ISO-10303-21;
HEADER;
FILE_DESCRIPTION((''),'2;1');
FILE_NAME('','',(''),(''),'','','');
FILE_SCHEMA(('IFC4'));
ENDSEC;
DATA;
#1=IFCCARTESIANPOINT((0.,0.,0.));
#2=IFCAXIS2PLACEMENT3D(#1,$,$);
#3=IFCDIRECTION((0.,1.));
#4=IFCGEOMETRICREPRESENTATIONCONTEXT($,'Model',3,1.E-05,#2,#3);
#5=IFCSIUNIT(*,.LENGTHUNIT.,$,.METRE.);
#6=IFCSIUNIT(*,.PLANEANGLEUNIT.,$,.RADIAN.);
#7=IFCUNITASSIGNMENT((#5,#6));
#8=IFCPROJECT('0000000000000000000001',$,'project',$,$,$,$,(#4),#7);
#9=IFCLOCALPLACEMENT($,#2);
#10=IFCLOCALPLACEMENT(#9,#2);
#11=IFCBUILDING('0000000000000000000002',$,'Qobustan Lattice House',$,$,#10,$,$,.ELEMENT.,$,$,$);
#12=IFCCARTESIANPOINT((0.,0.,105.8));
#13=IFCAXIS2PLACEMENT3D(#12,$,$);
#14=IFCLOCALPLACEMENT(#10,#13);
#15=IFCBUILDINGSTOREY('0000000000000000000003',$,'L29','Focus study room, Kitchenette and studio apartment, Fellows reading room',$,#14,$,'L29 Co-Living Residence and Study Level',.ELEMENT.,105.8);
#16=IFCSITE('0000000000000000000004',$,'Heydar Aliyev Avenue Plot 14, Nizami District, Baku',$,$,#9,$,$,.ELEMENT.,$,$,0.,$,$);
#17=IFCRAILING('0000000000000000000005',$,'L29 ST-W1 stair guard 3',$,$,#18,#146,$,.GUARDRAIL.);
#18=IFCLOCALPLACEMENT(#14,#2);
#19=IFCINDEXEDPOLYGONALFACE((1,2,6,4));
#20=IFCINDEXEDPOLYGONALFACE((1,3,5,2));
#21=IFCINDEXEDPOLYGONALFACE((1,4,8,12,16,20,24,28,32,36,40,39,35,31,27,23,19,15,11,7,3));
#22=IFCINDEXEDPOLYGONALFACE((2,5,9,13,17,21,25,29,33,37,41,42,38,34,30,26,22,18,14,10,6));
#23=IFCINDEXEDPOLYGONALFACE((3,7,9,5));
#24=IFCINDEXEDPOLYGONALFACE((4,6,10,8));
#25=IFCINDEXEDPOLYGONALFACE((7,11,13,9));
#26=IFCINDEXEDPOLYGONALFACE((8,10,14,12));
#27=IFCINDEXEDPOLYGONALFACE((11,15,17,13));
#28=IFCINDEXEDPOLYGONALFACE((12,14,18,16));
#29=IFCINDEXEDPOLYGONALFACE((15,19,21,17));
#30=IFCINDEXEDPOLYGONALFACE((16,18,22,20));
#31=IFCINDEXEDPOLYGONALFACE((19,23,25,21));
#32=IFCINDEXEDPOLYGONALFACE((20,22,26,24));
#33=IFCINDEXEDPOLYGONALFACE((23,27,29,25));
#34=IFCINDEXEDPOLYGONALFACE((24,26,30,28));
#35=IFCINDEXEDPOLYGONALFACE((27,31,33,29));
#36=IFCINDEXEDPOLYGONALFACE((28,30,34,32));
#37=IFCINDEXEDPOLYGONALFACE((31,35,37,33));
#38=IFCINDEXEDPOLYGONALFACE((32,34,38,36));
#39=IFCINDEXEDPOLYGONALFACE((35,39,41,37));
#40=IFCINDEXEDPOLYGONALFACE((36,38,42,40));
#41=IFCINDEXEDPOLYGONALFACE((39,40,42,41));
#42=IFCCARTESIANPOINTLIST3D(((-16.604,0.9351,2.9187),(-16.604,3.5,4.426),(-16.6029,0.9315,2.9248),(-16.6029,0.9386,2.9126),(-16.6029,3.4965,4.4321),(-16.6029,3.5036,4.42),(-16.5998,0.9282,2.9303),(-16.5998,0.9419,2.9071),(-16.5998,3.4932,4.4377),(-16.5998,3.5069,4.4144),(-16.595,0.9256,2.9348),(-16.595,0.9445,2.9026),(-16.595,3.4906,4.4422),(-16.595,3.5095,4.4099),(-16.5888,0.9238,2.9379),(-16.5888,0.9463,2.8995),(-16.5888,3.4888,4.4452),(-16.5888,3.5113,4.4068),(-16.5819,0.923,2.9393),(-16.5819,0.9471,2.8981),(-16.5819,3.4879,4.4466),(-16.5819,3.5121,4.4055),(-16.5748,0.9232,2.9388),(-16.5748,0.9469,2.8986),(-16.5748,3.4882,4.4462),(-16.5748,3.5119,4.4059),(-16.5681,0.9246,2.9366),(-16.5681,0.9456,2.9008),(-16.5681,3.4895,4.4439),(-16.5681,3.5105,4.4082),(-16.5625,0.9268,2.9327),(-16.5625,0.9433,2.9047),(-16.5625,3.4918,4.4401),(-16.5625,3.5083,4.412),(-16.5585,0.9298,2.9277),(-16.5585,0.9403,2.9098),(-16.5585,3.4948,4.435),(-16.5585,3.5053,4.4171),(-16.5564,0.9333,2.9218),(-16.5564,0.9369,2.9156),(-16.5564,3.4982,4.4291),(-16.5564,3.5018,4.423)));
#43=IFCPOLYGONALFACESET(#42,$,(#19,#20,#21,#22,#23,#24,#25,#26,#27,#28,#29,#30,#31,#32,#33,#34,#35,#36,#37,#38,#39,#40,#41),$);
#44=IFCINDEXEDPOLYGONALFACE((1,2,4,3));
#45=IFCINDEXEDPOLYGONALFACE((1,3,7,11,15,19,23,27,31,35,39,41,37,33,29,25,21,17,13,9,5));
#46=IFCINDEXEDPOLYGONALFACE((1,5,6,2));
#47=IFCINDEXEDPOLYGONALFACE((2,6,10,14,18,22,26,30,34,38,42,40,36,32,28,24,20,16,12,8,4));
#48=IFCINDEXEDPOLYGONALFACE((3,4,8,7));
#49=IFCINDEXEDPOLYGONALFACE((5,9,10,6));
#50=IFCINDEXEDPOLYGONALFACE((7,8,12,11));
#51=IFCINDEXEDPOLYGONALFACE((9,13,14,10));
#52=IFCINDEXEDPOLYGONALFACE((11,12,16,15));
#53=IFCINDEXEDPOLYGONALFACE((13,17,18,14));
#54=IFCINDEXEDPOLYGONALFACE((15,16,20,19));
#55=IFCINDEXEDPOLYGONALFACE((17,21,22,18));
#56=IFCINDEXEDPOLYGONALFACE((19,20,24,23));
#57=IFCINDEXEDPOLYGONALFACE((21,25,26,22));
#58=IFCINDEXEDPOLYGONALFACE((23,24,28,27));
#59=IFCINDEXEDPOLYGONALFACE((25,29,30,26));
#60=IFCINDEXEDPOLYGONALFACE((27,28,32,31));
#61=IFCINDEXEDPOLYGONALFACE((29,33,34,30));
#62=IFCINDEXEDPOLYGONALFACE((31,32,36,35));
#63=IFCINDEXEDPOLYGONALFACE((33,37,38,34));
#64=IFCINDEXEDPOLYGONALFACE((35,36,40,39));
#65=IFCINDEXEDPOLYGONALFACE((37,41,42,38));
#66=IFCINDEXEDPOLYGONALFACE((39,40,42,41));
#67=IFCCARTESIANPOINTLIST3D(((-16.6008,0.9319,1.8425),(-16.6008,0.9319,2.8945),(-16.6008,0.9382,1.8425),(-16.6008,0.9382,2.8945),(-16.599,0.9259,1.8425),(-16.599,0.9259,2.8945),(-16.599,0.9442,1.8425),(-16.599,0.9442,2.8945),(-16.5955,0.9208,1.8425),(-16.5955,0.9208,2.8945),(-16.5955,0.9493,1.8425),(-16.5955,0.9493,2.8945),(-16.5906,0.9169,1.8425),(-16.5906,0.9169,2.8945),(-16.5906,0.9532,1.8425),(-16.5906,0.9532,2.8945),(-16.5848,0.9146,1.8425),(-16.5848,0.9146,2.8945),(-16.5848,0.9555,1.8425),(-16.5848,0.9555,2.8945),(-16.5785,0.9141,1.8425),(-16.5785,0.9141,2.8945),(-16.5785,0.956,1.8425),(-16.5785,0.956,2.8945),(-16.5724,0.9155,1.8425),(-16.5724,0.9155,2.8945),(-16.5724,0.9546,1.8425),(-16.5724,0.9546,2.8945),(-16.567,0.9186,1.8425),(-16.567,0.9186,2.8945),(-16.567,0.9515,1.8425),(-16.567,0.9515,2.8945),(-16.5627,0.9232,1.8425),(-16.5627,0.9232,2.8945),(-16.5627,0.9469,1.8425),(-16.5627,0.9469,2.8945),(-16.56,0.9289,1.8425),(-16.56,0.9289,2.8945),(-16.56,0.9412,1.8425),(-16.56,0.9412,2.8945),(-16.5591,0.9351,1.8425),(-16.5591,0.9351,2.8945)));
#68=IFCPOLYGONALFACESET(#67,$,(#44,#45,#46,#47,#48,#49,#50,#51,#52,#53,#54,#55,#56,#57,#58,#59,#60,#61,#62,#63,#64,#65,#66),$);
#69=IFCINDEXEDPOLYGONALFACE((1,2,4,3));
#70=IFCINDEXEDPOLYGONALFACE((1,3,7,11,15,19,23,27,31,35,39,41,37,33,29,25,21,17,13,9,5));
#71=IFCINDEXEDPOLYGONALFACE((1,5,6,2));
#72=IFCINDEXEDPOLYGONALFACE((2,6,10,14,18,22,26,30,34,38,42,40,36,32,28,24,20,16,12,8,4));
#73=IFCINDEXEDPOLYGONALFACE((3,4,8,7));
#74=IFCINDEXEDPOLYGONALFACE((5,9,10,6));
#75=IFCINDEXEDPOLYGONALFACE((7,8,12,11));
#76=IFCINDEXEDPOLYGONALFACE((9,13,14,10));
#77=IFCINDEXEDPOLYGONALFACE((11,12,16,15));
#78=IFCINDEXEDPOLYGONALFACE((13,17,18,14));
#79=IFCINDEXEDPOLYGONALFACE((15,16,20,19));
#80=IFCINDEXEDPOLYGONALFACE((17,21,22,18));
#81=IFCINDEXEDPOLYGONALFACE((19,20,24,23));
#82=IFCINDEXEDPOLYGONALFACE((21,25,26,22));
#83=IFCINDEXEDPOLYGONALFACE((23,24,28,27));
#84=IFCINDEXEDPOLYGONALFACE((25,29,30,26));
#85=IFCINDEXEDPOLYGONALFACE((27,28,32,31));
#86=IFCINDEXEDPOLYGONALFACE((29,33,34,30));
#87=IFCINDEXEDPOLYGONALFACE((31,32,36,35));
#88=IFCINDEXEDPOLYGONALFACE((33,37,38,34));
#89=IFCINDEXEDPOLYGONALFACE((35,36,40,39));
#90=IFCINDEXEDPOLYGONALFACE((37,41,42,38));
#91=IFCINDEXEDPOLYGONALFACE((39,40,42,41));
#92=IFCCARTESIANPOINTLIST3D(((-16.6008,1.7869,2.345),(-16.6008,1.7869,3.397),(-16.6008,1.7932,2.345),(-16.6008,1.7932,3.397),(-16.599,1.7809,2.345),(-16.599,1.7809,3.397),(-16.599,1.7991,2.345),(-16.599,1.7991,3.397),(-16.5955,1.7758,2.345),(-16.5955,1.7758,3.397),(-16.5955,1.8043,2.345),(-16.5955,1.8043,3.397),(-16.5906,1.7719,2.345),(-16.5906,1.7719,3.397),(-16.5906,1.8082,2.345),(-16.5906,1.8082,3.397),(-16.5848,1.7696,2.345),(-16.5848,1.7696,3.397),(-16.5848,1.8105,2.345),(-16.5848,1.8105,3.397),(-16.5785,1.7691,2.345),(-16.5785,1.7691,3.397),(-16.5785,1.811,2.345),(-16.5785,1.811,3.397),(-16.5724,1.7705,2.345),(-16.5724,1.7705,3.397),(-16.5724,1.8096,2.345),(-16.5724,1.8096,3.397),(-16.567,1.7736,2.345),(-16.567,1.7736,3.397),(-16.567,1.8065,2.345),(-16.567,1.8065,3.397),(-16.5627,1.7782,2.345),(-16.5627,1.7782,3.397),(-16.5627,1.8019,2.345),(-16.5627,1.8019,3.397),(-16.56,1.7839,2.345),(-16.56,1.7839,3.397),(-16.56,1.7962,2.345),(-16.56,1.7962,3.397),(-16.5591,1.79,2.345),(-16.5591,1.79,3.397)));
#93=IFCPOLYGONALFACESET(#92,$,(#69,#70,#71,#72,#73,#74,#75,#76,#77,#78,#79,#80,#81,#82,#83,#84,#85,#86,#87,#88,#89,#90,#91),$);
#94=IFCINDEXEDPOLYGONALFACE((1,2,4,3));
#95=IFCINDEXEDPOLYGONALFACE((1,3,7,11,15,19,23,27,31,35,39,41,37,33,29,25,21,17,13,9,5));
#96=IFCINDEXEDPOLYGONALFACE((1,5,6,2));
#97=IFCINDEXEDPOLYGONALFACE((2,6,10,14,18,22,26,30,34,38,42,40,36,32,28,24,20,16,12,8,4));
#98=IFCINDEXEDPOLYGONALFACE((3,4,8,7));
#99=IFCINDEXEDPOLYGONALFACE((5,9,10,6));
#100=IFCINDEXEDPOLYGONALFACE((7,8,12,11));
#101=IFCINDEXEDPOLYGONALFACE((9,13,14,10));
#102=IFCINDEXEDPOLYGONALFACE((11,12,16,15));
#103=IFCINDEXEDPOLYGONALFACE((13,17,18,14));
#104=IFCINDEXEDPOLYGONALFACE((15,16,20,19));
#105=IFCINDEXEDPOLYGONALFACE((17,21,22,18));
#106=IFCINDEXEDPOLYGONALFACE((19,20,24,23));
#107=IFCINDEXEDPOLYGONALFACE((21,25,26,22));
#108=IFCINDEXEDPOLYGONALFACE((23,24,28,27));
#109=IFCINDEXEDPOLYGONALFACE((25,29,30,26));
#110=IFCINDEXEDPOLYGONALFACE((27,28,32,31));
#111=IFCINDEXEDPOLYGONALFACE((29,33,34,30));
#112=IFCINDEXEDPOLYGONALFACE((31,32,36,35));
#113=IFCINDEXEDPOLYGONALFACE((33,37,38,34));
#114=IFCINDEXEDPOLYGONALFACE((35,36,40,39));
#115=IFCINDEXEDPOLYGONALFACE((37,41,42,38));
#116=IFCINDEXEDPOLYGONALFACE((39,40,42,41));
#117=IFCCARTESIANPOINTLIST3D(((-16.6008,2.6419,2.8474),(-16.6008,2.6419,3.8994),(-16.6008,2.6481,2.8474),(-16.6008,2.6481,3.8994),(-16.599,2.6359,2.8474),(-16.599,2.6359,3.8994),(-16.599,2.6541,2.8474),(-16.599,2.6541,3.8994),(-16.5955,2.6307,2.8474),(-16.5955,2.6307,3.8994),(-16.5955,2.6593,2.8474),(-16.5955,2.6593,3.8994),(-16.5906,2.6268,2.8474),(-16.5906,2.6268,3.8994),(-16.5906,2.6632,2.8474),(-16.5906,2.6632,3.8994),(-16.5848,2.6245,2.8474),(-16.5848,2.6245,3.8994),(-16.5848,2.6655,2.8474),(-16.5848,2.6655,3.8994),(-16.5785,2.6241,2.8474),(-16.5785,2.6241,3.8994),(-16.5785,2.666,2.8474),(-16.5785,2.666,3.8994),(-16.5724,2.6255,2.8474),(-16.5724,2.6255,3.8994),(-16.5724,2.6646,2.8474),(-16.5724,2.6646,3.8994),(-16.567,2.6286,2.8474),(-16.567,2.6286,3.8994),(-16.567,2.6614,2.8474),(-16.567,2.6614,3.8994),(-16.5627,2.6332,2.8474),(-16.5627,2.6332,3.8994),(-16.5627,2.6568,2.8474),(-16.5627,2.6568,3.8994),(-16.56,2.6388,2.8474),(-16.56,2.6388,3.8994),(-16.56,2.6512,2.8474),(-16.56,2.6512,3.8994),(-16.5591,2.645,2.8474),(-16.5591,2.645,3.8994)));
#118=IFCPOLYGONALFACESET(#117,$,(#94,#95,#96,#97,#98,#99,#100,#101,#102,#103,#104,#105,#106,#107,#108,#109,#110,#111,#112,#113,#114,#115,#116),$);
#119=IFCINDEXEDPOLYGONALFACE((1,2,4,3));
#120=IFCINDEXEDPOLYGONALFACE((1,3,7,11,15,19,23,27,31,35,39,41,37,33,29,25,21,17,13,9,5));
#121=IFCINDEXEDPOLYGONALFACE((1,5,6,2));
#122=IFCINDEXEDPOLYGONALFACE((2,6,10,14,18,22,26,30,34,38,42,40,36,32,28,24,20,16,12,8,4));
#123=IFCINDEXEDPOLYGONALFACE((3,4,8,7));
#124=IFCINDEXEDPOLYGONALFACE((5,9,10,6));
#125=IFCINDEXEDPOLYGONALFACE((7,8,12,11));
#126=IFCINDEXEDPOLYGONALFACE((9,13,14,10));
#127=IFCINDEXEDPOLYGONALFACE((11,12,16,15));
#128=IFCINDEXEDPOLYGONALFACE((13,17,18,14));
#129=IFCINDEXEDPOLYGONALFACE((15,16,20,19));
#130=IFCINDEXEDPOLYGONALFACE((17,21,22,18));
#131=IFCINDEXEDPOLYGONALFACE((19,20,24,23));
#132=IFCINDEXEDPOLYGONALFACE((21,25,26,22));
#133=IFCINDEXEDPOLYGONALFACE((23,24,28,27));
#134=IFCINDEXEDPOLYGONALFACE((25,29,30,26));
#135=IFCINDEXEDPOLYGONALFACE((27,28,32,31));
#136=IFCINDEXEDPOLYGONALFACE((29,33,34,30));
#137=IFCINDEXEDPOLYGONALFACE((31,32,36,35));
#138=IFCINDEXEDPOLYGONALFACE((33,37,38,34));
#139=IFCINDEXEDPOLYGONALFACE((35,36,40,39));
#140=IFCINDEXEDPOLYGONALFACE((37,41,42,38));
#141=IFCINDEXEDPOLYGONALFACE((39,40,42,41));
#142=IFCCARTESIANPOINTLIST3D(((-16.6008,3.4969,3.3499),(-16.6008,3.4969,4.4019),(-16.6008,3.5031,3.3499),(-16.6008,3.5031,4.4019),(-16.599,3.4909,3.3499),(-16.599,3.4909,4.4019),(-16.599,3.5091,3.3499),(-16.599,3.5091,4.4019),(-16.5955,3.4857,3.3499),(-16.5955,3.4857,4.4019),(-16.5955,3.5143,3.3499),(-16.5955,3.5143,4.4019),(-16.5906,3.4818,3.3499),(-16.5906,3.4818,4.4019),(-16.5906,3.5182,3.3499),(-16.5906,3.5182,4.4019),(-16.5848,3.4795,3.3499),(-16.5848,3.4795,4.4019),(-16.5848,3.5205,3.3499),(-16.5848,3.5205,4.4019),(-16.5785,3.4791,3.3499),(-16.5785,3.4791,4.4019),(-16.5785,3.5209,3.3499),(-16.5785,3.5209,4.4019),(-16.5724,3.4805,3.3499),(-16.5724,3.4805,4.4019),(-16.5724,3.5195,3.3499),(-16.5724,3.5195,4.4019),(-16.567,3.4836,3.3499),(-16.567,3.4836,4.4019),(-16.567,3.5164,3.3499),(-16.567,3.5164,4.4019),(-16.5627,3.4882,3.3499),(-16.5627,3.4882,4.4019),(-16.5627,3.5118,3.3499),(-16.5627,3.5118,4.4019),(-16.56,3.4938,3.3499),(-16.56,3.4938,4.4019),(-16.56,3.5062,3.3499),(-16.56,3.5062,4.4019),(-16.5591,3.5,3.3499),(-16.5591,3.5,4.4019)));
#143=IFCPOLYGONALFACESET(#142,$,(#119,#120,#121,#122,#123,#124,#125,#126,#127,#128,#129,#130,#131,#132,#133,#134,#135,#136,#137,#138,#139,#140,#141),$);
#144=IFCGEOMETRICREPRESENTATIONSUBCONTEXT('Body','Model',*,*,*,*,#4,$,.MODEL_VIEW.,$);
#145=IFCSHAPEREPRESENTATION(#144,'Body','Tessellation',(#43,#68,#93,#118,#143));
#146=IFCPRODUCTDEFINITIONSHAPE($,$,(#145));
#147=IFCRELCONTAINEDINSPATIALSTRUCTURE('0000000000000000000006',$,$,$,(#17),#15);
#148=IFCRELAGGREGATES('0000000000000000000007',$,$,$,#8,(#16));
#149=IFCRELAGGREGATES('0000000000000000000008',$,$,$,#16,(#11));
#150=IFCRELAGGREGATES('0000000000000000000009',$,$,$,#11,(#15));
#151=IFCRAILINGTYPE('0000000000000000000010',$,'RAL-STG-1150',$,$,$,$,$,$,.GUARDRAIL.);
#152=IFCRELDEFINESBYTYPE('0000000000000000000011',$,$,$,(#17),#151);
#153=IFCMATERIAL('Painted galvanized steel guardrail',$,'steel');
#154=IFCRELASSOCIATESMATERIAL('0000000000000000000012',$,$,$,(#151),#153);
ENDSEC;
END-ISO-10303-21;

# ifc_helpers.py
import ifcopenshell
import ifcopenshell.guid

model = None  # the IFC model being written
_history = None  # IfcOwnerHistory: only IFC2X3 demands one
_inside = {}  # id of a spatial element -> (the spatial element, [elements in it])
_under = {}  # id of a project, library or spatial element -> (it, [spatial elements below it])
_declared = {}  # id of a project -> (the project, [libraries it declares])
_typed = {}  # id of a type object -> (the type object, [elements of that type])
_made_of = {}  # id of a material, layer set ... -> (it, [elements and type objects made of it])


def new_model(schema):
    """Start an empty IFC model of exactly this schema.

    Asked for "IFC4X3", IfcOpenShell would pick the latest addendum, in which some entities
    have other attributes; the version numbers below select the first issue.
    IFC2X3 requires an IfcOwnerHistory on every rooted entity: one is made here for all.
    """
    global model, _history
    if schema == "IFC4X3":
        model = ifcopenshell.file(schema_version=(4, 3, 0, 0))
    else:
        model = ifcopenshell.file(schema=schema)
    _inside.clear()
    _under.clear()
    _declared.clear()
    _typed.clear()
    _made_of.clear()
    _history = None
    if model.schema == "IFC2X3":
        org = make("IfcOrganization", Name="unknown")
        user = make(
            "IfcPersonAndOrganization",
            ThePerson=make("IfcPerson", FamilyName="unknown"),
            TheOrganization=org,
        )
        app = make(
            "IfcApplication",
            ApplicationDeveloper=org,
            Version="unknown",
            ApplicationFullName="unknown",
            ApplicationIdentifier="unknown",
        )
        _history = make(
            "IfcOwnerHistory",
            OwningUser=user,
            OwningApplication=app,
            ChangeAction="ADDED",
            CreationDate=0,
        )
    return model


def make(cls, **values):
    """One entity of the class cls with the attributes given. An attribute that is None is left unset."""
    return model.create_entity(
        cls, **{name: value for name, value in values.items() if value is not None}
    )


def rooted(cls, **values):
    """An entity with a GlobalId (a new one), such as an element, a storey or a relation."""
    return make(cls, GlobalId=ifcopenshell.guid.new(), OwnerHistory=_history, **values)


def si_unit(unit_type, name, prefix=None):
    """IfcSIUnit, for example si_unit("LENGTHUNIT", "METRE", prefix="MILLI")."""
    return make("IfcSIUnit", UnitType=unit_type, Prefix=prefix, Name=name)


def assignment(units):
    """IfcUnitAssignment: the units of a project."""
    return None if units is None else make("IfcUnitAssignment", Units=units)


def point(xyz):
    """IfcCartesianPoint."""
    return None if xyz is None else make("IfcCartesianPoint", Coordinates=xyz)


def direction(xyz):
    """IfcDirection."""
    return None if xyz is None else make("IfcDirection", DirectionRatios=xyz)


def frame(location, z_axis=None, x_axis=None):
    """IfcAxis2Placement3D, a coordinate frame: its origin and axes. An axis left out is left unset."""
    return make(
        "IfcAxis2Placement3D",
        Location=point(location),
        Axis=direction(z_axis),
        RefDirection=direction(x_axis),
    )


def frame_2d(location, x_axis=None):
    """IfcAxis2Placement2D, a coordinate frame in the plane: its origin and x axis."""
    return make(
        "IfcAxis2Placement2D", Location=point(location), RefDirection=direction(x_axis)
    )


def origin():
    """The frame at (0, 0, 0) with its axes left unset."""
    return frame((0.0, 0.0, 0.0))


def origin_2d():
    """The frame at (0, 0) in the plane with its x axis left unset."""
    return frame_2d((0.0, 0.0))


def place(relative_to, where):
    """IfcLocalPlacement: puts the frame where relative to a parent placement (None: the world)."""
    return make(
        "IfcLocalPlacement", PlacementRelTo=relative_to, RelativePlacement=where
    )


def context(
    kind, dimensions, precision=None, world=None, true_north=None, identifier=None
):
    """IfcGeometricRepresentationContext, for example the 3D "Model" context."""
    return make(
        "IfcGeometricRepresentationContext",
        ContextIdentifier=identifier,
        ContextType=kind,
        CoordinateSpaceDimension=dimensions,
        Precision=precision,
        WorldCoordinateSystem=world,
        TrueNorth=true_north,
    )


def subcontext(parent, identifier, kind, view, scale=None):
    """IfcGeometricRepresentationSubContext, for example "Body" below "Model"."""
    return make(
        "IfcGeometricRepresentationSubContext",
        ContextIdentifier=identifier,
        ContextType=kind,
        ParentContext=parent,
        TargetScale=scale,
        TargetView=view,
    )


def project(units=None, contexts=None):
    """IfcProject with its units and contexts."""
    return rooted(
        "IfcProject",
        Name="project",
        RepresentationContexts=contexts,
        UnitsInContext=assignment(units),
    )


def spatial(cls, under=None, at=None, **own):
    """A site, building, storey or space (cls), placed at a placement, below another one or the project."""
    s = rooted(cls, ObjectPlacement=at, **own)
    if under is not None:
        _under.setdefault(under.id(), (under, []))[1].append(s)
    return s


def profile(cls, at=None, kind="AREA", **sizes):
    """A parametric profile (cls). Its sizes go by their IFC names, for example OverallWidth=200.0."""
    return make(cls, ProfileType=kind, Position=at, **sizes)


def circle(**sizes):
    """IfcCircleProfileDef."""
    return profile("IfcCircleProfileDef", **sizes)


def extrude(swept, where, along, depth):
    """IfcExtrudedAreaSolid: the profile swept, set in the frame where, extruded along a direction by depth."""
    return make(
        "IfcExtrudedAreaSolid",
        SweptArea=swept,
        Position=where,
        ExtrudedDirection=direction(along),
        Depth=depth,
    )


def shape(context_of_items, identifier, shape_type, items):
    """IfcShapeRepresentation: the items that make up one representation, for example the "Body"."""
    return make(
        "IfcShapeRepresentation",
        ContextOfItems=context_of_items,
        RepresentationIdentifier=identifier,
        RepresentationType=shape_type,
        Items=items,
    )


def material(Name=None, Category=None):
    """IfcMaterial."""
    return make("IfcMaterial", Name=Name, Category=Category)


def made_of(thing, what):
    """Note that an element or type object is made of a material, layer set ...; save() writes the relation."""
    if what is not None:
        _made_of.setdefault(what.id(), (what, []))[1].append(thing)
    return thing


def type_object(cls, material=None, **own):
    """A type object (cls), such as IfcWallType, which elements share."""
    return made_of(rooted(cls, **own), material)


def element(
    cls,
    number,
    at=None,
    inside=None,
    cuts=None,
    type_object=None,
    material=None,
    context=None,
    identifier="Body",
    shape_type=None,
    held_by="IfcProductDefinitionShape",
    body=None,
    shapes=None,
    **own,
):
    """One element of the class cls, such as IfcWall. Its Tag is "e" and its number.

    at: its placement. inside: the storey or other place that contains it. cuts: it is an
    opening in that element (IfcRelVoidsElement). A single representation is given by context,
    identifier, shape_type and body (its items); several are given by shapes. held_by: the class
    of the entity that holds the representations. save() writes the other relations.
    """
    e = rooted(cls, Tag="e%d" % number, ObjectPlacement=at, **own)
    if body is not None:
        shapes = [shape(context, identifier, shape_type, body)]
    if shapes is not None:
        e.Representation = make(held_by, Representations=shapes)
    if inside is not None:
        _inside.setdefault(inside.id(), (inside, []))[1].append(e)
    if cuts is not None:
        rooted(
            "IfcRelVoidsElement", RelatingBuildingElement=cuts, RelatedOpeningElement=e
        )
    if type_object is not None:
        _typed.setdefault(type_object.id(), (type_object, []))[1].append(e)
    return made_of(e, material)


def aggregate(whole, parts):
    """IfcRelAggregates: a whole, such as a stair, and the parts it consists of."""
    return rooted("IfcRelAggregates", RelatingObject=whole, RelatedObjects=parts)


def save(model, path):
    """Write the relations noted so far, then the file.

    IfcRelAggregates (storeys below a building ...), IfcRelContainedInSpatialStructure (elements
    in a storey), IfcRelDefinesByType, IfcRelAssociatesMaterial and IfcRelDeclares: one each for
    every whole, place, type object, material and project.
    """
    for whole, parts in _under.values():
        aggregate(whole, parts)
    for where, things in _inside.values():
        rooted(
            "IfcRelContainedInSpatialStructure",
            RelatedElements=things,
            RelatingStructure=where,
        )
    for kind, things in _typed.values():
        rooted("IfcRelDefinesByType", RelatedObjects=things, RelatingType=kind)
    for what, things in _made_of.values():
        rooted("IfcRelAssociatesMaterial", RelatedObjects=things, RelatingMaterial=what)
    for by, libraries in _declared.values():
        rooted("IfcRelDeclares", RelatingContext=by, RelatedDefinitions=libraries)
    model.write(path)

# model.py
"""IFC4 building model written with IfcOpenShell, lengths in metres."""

from ifc_helpers import new_model, si_unit, direction, frame, origin, origin_2d, place, context, subcontext, project, spatial, circle, extrude, material, type_object, element, save


model = new_model("IFC4")

# Units and contexts
model_context = context("Model", 3, precision=1e-05, world=origin(), true_north=direction((0.0, 1.0)))
body_context = subcontext(model_context, "Body", "Model", "MODEL_VIEW")
ifc_project = project(units=[si_unit("LENGTHUNIT", "METRE"), si_unit("PLANEANGLEUNIT", "RADIAN")], contexts=[model_context])

# Site, building, storey
site_placement = place(None, origin())
site = spatial("IfcSite", under=ifc_project, at=site_placement, Name="Heydar Aliyev Avenue Plot 14, Nizami District, Baku", CompositionType="ELEMENT", RefElevation=0.0)
building_placement = place(site_placement, origin())
building = spatial("IfcBuilding", under=site, at=building_placement, Name="Qobustan Lattice House", CompositionType="ELEMENT")
storey_placement = place(building_placement, frame((0.0, 0.0, 105.8)))
storey = spatial("IfcBuildingStorey", under=building, at=storey_placement, Name="L29", Description="Focus study room, Kitchenette and studio apartment, Fellows reading room", LongName="L29 Co-Living Residence and Study Level", CompositionType="ELEMENT", Elevation=105.8)

# Railing
ifc_material_1 = material(Name="Painted galvanized steel guardrail", Category="steel")
railing_type = type_object("IfcRailingType", Name="RAL-STG-1150", PredefinedType="GUARDRAIL", material=ifc_material_1)
railing_placement = place(storey_placement, frame((-16.5801, 0.9351, 1.8425)))
element("IfcRailing", 1, at=railing_placement, inside=storey, type_object=railing_type, Name="L29 ST-W1 stair guard 3", PredefinedType="GUARDRAIL", context=body_context, shape_type="SweptSolid", body=[
    extrude(circle(Radius=0.0239, at=origin_2d()), frame((0.0, 0.0, 1.0762), z_axis=(0.0, 0.862149, 0.506654), x_axis=(-1.0, 0.0, 0.0)), (0.0, 0.0, 1.0), 2.9751),
    extrude(circle(Radius=0.021, at=origin_2d()), origin(), (0.0, 0.0, 1.0), 1.052),
    extrude(circle(Radius=0.021, at=origin_2d()), frame((0.0, 0.855, 0.5024)), (0.0, 0.0, 1.0), 1.052),
    extrude(circle(Radius=0.021, at=origin_2d()), frame((0.0, 1.71, 1.0049)), (0.0, 0.0, 1.0), 1.052),
    extrude(circle(Radius=0.021, at=origin_2d()), frame((0.0, 2.5649, 1.5073)), (0.0, 0.0, 1.0), 1.052),
])

save(model, "model.ifc")
